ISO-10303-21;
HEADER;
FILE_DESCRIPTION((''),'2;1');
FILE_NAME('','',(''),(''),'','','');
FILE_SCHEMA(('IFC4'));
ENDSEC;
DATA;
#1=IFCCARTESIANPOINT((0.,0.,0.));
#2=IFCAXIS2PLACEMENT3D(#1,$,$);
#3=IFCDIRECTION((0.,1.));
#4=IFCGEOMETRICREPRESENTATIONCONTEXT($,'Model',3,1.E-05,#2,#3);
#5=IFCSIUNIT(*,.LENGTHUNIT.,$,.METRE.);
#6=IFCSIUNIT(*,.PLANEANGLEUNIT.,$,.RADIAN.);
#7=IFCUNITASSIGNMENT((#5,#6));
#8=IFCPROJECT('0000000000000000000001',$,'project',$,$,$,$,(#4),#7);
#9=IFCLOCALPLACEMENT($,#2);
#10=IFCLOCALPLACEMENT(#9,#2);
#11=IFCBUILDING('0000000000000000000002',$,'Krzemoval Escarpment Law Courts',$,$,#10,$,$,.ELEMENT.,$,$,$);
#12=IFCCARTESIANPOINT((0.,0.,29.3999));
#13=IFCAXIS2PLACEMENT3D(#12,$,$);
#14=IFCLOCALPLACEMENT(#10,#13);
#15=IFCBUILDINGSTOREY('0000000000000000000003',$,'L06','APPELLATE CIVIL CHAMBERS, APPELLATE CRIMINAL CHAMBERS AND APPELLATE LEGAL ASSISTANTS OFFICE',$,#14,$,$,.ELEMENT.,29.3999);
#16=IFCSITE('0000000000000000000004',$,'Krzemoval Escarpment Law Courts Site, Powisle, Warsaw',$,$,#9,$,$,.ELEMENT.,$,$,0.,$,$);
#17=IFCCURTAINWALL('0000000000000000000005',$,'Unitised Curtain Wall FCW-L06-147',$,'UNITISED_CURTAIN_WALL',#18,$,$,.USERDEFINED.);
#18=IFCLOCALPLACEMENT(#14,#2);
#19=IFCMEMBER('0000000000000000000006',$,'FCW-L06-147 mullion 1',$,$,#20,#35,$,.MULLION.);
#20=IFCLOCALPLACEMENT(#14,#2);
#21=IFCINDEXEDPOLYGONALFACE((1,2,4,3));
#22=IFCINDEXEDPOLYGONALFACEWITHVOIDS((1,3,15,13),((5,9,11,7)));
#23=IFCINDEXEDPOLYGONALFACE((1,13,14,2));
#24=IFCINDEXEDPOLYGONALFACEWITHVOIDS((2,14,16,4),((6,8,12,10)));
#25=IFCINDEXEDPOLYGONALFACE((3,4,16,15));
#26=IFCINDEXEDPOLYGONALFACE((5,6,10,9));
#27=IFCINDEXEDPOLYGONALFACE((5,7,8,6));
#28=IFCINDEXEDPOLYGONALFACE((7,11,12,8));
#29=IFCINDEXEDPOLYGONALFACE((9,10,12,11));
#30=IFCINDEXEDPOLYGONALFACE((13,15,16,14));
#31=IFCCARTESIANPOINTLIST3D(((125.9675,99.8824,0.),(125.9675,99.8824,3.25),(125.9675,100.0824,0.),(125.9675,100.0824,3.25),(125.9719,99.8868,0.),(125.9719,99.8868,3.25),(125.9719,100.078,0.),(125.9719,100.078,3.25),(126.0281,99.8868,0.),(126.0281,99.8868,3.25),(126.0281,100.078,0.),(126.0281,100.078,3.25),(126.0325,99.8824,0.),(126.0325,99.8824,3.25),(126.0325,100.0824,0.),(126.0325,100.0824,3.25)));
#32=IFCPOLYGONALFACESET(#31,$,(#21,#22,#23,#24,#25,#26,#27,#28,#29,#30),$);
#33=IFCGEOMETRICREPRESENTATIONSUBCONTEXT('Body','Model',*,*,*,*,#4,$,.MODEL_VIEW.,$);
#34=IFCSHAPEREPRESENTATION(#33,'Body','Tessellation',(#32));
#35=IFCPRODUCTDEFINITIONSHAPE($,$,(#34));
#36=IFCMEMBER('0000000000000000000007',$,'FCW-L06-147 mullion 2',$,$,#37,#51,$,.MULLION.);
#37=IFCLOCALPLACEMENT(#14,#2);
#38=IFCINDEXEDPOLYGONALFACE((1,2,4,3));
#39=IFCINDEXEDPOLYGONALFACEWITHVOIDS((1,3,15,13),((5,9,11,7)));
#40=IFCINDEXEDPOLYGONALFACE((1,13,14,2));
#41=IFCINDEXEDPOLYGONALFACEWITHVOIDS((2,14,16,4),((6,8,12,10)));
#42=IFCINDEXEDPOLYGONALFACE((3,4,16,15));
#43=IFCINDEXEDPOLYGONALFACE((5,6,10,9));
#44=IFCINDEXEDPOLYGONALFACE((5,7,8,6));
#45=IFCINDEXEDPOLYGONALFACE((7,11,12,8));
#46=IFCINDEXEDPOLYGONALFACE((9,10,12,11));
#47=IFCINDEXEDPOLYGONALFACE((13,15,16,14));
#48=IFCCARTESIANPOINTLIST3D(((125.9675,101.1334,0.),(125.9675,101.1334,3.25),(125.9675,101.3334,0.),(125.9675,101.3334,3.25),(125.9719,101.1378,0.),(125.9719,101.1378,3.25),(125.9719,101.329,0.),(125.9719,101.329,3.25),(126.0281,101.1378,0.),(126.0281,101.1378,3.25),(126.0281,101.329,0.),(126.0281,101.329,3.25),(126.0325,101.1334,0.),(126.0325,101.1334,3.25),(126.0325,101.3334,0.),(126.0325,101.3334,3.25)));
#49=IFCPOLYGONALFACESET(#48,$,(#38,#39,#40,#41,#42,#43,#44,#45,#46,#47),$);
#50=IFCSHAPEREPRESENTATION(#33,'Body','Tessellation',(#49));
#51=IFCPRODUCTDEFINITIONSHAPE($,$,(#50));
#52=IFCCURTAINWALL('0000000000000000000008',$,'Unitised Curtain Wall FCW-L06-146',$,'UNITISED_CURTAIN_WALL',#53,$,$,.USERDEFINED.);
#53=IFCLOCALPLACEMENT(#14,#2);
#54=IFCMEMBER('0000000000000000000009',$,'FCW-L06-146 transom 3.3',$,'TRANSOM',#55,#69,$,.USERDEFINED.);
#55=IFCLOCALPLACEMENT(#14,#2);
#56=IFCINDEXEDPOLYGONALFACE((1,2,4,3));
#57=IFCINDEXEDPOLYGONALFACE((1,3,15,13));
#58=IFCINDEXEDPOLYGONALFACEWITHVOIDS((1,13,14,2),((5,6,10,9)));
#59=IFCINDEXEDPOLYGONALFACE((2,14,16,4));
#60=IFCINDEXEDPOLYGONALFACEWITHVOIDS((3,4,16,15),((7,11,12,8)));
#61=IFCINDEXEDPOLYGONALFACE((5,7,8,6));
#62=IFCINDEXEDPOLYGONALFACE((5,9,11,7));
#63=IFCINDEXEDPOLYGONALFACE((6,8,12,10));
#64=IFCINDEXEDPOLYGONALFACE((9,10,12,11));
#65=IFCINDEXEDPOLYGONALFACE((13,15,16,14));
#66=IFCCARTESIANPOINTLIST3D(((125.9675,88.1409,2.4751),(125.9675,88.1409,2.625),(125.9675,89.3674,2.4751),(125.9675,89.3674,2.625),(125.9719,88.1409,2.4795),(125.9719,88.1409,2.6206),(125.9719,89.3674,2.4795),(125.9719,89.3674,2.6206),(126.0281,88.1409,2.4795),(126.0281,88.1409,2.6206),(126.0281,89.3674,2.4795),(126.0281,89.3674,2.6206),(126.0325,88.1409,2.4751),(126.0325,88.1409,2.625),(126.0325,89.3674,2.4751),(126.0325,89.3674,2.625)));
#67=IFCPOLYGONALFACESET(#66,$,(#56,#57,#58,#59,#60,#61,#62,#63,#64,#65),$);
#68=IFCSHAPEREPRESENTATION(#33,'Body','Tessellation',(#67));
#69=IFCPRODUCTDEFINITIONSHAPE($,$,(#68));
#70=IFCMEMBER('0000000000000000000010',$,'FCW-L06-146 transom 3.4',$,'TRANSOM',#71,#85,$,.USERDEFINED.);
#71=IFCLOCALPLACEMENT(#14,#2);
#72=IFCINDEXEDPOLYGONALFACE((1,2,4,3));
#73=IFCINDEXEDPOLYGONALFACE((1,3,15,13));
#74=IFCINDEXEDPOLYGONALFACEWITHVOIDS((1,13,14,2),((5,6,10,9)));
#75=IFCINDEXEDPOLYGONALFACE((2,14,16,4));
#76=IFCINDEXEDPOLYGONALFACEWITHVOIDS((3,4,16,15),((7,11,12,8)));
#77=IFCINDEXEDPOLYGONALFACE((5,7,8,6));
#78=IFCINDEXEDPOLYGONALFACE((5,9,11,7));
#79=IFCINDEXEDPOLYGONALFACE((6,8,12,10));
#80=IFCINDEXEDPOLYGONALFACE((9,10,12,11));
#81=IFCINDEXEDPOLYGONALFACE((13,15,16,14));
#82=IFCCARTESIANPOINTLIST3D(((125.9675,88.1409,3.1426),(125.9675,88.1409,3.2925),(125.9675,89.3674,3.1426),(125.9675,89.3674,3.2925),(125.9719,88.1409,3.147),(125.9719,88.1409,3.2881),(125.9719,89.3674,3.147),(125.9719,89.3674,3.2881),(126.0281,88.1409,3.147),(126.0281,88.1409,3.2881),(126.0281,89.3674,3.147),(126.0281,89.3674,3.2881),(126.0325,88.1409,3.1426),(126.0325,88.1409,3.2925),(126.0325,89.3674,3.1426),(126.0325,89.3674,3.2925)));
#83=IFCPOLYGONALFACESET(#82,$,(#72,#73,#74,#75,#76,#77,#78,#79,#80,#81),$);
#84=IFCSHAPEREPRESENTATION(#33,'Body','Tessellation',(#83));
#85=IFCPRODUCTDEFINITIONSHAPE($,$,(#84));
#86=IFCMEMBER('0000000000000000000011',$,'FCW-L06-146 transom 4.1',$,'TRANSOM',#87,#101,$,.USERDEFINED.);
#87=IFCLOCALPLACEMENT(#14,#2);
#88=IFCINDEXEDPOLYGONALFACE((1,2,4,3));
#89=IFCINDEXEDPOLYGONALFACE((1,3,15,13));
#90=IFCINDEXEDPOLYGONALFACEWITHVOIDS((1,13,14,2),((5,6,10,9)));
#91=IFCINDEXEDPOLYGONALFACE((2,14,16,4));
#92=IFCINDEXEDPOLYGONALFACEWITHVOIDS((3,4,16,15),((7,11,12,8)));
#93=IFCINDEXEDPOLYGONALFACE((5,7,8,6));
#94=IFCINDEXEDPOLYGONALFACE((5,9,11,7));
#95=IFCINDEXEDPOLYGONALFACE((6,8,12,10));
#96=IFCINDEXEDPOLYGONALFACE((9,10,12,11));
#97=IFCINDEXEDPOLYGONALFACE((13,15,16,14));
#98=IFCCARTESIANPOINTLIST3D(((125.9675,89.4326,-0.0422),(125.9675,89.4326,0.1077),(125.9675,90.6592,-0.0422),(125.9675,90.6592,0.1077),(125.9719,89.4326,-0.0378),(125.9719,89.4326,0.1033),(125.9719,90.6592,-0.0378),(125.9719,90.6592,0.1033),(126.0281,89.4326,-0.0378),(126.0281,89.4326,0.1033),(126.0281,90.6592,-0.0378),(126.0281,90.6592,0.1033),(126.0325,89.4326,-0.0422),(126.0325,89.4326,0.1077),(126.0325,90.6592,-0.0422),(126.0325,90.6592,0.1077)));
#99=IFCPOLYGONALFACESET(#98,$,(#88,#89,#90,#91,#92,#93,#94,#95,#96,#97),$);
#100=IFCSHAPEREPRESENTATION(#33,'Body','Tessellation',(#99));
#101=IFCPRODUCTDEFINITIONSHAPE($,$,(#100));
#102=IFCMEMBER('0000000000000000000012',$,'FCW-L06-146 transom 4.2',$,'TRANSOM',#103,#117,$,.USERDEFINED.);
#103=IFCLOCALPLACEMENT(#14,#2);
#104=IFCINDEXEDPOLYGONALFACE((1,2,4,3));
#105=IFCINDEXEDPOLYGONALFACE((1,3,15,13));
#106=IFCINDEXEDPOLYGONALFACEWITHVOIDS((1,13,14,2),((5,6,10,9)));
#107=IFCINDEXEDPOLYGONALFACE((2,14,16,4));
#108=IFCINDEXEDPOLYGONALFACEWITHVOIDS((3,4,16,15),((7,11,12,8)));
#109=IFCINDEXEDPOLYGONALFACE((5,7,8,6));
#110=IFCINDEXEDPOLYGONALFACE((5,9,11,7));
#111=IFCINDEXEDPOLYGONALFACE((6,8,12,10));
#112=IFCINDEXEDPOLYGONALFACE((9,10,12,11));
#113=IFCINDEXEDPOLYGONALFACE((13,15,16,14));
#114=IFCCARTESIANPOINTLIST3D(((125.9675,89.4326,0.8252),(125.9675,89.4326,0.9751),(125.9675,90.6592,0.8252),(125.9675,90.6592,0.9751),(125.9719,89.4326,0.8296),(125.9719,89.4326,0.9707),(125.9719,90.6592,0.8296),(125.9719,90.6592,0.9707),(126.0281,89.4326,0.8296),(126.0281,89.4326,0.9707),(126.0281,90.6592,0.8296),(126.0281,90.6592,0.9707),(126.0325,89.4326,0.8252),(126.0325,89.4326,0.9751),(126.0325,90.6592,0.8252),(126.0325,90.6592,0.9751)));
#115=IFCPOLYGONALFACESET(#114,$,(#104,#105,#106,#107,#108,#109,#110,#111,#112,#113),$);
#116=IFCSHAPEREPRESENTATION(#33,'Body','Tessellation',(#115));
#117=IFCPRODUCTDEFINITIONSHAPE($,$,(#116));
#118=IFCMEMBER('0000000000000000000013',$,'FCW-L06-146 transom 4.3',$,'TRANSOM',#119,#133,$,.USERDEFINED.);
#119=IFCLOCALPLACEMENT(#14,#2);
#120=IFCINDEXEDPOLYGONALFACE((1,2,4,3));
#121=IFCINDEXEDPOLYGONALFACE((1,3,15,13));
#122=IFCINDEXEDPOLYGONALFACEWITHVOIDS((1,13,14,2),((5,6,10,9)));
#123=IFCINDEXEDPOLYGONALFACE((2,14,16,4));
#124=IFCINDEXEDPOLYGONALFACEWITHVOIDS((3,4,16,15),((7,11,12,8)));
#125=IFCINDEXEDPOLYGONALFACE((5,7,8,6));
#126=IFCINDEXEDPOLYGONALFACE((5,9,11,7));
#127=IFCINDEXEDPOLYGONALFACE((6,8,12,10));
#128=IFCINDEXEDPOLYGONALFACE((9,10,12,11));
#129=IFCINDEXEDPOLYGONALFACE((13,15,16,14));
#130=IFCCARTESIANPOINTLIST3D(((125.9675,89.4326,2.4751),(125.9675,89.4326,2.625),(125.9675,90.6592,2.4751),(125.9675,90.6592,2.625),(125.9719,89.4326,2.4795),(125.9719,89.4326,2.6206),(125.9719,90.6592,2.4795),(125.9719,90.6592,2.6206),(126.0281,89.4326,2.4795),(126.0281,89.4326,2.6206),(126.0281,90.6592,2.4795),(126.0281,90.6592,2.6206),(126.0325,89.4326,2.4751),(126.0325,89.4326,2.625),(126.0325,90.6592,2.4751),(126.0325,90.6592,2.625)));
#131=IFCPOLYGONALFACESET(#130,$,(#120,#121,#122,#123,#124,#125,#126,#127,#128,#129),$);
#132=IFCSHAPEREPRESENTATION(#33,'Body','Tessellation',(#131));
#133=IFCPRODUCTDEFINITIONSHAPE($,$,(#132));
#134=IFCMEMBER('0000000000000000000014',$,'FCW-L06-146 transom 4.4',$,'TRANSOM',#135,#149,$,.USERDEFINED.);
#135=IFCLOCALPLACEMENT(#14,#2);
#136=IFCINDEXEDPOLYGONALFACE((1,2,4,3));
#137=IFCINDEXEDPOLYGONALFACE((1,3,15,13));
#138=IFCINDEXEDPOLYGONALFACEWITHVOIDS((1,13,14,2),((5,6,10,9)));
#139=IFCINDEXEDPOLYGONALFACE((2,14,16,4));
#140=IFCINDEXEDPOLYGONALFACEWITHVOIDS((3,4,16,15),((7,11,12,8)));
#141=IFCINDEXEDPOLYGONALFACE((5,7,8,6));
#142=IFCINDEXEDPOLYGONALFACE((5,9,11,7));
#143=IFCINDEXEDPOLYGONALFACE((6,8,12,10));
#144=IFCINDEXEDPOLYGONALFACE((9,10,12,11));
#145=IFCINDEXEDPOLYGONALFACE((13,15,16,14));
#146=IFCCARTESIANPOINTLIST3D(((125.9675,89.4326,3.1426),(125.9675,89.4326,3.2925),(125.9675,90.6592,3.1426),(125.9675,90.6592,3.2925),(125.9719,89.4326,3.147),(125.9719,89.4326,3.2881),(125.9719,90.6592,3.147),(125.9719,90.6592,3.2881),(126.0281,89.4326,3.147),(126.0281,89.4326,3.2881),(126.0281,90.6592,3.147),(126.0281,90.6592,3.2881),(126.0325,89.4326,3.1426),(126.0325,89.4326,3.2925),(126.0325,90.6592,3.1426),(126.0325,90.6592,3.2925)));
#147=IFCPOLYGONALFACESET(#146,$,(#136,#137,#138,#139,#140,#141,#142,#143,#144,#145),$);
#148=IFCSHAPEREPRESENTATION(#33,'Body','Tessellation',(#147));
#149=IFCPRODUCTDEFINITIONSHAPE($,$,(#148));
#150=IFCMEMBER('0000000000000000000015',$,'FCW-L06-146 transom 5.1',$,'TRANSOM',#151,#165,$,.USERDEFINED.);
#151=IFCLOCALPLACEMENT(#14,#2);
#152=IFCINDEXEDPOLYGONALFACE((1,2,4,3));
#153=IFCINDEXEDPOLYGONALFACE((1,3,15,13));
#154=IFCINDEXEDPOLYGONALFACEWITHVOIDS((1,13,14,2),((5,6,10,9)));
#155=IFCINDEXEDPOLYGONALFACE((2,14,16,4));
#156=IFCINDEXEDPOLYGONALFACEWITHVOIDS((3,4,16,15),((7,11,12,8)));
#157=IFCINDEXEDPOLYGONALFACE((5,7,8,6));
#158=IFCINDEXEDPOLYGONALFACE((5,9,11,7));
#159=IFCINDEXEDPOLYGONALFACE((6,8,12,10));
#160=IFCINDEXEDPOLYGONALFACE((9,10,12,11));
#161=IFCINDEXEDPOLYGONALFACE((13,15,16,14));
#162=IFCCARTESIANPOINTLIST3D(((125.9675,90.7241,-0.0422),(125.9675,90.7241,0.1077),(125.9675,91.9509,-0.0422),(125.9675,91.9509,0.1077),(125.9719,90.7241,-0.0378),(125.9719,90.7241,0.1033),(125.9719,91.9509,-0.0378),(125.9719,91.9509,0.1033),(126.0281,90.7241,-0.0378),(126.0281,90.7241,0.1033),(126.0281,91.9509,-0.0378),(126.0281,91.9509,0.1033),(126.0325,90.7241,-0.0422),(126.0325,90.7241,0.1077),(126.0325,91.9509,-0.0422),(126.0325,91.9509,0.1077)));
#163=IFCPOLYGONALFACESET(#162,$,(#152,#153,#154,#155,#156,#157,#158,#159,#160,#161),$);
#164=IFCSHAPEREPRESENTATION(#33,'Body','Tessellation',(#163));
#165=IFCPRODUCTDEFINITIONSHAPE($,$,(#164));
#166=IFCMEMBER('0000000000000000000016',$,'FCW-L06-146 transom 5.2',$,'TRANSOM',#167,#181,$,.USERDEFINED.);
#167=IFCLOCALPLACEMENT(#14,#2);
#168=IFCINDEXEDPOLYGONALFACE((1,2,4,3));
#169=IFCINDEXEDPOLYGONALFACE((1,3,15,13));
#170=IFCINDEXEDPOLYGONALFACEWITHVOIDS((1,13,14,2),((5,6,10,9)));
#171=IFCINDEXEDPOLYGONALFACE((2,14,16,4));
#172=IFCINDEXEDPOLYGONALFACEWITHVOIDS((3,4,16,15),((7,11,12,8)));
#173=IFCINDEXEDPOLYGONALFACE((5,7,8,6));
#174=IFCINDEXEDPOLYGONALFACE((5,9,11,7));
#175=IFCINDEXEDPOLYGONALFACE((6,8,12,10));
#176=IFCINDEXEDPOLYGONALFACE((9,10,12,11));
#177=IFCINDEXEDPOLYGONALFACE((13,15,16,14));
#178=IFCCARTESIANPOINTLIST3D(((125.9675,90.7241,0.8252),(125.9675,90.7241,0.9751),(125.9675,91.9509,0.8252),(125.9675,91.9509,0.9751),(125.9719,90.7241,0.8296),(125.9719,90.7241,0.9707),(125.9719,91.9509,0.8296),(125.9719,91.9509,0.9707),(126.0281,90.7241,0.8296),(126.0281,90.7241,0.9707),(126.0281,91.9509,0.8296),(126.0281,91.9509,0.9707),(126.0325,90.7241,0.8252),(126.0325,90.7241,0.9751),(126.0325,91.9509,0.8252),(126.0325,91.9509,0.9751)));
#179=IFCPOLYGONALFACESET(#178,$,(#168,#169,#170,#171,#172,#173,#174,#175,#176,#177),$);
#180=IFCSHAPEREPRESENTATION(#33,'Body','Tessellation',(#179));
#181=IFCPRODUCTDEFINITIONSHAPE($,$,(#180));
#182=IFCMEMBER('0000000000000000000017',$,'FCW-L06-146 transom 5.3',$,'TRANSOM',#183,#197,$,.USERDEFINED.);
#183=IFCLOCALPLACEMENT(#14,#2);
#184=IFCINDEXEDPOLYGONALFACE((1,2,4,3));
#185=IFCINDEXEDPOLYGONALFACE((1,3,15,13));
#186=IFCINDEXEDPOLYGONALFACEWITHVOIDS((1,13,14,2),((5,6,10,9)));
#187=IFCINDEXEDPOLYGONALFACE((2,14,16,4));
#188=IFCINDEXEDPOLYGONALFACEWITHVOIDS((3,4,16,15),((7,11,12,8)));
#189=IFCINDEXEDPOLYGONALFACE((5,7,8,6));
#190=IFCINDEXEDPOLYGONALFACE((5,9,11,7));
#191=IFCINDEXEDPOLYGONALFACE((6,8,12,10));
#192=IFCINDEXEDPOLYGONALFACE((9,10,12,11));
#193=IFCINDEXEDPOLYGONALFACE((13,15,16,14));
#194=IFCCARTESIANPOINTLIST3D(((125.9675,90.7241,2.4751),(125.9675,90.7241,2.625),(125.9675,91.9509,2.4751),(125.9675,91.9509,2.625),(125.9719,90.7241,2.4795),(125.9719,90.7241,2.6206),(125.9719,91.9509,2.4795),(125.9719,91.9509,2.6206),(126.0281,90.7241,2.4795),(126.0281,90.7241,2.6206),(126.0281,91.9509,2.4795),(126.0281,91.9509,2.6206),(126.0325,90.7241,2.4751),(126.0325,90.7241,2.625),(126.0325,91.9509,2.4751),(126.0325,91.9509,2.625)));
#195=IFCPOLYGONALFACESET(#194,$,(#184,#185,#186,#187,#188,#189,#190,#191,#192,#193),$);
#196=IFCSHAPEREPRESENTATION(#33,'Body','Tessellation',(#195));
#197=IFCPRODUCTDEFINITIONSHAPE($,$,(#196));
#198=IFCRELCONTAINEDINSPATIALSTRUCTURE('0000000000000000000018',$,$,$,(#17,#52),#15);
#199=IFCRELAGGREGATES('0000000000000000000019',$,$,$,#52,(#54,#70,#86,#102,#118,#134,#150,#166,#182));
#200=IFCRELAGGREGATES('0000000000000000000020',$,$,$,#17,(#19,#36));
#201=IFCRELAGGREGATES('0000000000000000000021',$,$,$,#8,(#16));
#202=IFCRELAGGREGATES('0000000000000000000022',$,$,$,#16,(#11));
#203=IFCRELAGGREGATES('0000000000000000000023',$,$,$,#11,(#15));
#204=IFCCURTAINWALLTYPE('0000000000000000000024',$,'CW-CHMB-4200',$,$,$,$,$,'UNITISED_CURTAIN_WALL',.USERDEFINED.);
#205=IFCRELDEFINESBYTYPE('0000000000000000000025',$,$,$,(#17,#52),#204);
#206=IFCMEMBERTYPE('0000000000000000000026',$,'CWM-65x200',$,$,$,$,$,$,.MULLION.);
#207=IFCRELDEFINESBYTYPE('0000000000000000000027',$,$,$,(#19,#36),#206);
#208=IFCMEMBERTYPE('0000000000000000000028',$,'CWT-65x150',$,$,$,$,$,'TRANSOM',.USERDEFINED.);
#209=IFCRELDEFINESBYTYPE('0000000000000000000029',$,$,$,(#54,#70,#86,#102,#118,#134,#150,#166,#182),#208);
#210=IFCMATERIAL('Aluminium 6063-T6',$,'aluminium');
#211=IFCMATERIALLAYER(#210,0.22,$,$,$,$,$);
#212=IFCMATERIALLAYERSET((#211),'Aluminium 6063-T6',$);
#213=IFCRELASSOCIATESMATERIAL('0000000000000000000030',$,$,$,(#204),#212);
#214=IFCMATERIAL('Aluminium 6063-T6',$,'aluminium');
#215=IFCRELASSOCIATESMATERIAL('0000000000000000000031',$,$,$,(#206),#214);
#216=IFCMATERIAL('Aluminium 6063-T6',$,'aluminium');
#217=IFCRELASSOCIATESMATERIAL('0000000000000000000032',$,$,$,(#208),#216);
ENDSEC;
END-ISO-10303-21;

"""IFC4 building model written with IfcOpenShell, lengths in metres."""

from ifc_helpers import new_model, si_unit, direction, frame, origin, origin_2d, place, context, subcontext, project, spatial, hollow_rectangle, extrude, material, layer, layer_set, material_profile, profile_set, type_object, element, aggregate, save


model = new_model("IFC4")

# Units and contexts
model_context = context("Model", 3, precision=1e-05, world=origin(), true_north=direction((0.0, 1.0)))
body_context = subcontext(model_context, "Body", "Model", "MODEL_VIEW")
ifc_project = project(units=[si_unit("LENGTHUNIT", "METRE"), si_unit("PLANEANGLEUNIT", "RADIAN")], contexts=[model_context])

# Site, building, storey
site_placement = place(None, origin())
site = spatial("IfcSite", under=ifc_project, at=site_placement, Name="Krzemoval Escarpment Law Courts Site, Powisle, Warsaw", CompositionType="ELEMENT", RefElevation=0.0)
building_placement = place(site_placement, origin())
building = spatial("IfcBuilding", under=site, at=building_placement, Name="Krzemoval Escarpment Law Courts", CompositionType="ELEMENT")
storey_placement = place(building_placement, frame((0.0, 0.0, 29.3999)))
storey = spatial("IfcBuildingStorey", under=building, at=storey_placement, Name="L06", Description="APPELLATE CIVIL CHAMBERS, APPELLATE CRIMINAL CHAMBERS AND APPELLATE LEGAL ASSISTANTS OFFICE", CompositionType="ELEMENT", Elevation=29.3999)

# Curtain walls, members
ifc_material_1 = material(Name="Aluminium 6063-T6", Category="aluminium")
ifc_layer_1 = layer(ifc_material_1, 0.22)
ifc_layer_set_1 = layer_set([ifc_layer_1], Name="Aluminium 6063-T6")
curtain_wall_type = type_object("IfcCurtainWallType", Name="CW-CHMB-4200", ElementType="UNITISED_CURTAIN_WALL", PredefinedType="USERDEFINED", material=ifc_layer_set_1)
curtain_wall_1_placement = place(storey_placement, origin())
curtain_wall_1 = element("IfcCurtainWall", 1, at=curtain_wall_1_placement, inside=storey, type_object=curtain_wall_type, Name="Unitised Curtain Wall FCW-L06-147", ObjectType="UNITISED_CURTAIN_WALL", PredefinedType="USERDEFINED")
ifc_material_2 = material(Name="Aluminium 6063-T6", Category="aluminium")
ifc_material_profile_1 = material_profile(ifc_material_2, hollow_rectangle(XDim=0.0649, YDim=0.2, WallThickness=0.0044, at=origin_2d()), Name="ALU M65x200")
ifc_profile_set_1 = profile_set([ifc_material_profile_1], Name="Aluminium 6063-T6")
member_type_1 = type_object("IfcMemberType", Name="CWM-65x200", PredefinedType="MULLION", material=ifc_profile_set_1)
member_1_placement = place(storey_placement, frame((126.0, 99.9824, 0.0), z_axis=(0.0, 0.0, 1.0), x_axis=(-1.0, 0.0, 0.0)))
member_1 = element("IfcMember", 2, at=member_1_placement, type_object=member_type_1, Name="FCW-L06-147 mullion 1", PredefinedType="MULLION", context=body_context, shape_type="SweptSolid", body=[
    extrude(hollow_rectangle(XDim=0.0649, YDim=0.2, WallThickness=0.0044, at=origin_2d()), origin(), (0.0, 0.0, 1.0), 3.25),
])
member_2_placement = place(storey_placement, frame((126.0, 101.2334, 0.0), z_axis=(0.0, 0.0, 1.0), x_axis=(-1.0, 0.0, 0.0)))
member_2 = element("IfcMember", 3, at=member_2_placement, type_object=member_type_1, Name="FCW-L06-147 mullion 2", PredefinedType="MULLION", context=body_context, shape_type="SweptSolid", body=[
    extrude(hollow_rectangle(XDim=0.0649, YDim=0.2, WallThickness=0.0044, at=origin_2d()), origin(), (0.0, 0.0, 1.0), 3.25),
])
curtain_wall_2_placement = place(storey_placement, origin())
curtain_wall_2 = element("IfcCurtainWall", 4, at=curtain_wall_2_placement, inside=storey, type_object=curtain_wall_type, Name="Unitised Curtain Wall FCW-L06-146", ObjectType="UNITISED_CURTAIN_WALL", PredefinedType="USERDEFINED")
ifc_material_3 = material(Name="Aluminium 6063-T6", Category="aluminium")
ifc_material_profile_2 = material_profile(ifc_material_3, hollow_rectangle(XDim=0.0649, YDim=0.1499, WallThickness=0.0044, at=origin_2d()), Name="ALU T65x150")
ifc_profile_set_2 = profile_set([ifc_material_profile_2], Name="Aluminium 6063-T6")
member_type_2 = type_object("IfcMemberType", Name="CWT-65x150", ElementType="TRANSOM", PredefinedType="USERDEFINED", material=ifc_profile_set_2)
member_3_placement = place(storey_placement, frame((126.0, 88.1409, 2.55), z_axis=(0.0, 1.0, 0.0), x_axis=(-1.0, 0.0, 0.0)))
member_3 = element("IfcMember", 5, at=member_3_placement, type_object=member_type_2, Name="FCW-L06-146 transom 3.3", ObjectType="TRANSOM", PredefinedType="USERDEFINED", context=body_context, shape_type="SweptSolid", body=[
    extrude(hollow_rectangle(XDim=0.0649, YDim=0.1499, WallThickness=0.0044, at=origin_2d()), origin(), (0.0, 0.0, 1.0), 1.2266),
])
member_4_placement = place(storey_placement, frame((126.0, 88.1409, 3.2175), z_axis=(0.0, 1.0, 0.0), x_axis=(-1.0, 0.0, 0.0)))
member_4 = element("IfcMember", 6, at=member_4_placement, type_object=member_type_2, Name="FCW-L06-146 transom 3.4", ObjectType="TRANSOM", PredefinedType="USERDEFINED", context=body_context, shape_type="SweptSolid", body=[
    extrude(hollow_rectangle(XDim=0.0649, YDim=0.1499, WallThickness=0.0044, at=origin_2d()), origin(), (0.0, 0.0, 1.0), 1.2266),
])
member_5_placement = place(storey_placement, frame((126.0, 89.4326, 0.0327), z_axis=(0.0, 1.0, 0.0), x_axis=(-1.0, 0.0, 0.0)))
member_5 = element("IfcMember", 7, at=member_5_placement, type_object=member_type_2, Name="FCW-L06-146 transom 4.1", ObjectType="TRANSOM", PredefinedType="USERDEFINED", context=body_context, shape_type="SweptSolid", body=[
    extrude(hollow_rectangle(XDim=0.0649, YDim=0.1499, WallThickness=0.0044, at=origin_2d()), origin(), (0.0, 0.0, 1.0), 1.2266),
])
member_6_placement = place(storey_placement, frame((126.0, 89.4326, 0.9001), z_axis=(0.0, 1.0, 0.0), x_axis=(-1.0, 0.0, 0.0)))
member_6 = element("IfcMember", 8, at=member_6_placement, type_object=member_type_2, Name="FCW-L06-146 transom 4.2", ObjectType="TRANSOM", PredefinedType="USERDEFINED", context=body_context, shape_type="SweptSolid", body=[
    extrude(hollow_rectangle(XDim=0.0649, YDim=0.1499, WallThickness=0.0044, at=origin_2d()), origin(), (0.0, 0.0, 1.0), 1.2266),
])
member_7_placement = place(storey_placement, frame((126.0, 89.4326, 2.55), z_axis=(0.0, 1.0, 0.0), x_axis=(-1.0, 0.0, 0.0)))
member_7 = element("IfcMember", 9, at=member_7_placement, type_object=member_type_2, Name="FCW-L06-146 transom 4.3", ObjectType="TRANSOM", PredefinedType="USERDEFINED", context=body_context, shape_type="SweptSolid", body=[
    extrude(hollow_rectangle(XDim=0.0649, YDim=0.1499, WallThickness=0.0044, at=origin_2d()), origin(), (0.0, 0.0, 1.0), 1.2266),
])
member_8_placement = place(storey_placement, frame((126.0, 89.4326, 3.2175), z_axis=(0.0, 1.0, 0.0), x_axis=(-1.0, 0.0, 0.0)))
member_8 = element("IfcMember", 10, at=member_8_placement, type_object=member_type_2, Name="FCW-L06-146 transom 4.4", ObjectType="TRANSOM", PredefinedType="USERDEFINED", context=body_context, shape_type="SweptSolid", body=[
    extrude(hollow_rectangle(XDim=0.0649, YDim=0.1499, WallThickness=0.0044, at=origin_2d()), origin(), (0.0, 0.0, 1.0), 1.2266),
])
member_9_placement = place(storey_placement, frame((126.0, 90.7241, 0.0327), z_axis=(0.0, 1.0, 0.0), x_axis=(-1.0, 0.0, 0.0)))
member_9 = element("IfcMember", 11, at=member_9_placement, type_object=member_type_2, Name="FCW-L06-146 transom 5.1", ObjectType="TRANSOM", PredefinedType="USERDEFINED", context=body_context, shape_type="SweptSolid", body=[
    extrude(hollow_rectangle(XDim=0.0649, YDim=0.1499, WallThickness=0.0044, at=origin_2d()), origin(), (0.0, 0.0, 1.0), 1.2268),
])
member_10_placement = place(storey_placement, frame((126.0, 90.7241, 0.9001), z_axis=(0.0, 1.0, 0.0), x_axis=(-1.0, 0.0, 0.0)))
member_10 = element("IfcMember", 12, at=member_10_placement, type_object=member_type_2, Name="FCW-L06-146 transom 5.2", ObjectType="TRANSOM", PredefinedType="USERDEFINED", context=body_context, shape_type="SweptSolid", body=[
    extrude(hollow_rectangle(XDim=0.0649, YDim=0.1499, WallThickness=0.0044, at=origin_2d()), origin(), (0.0, 0.0, 1.0), 1.2268),
])
member_11_placement = place(storey_placement, frame((126.0, 90.7241, 2.55), z_axis=(0.0, 1.0, 0.0), x_axis=(-1.0, 0.0, 0.0)))
member_11 = element("IfcMember", 13, at=member_11_placement, type_object=member_type_2, Name="FCW-L06-146 transom 5.3", ObjectType="TRANSOM", PredefinedType="USERDEFINED", context=body_context, shape_type="SweptSolid", body=[
    extrude(hollow_rectangle(XDim=0.0649, YDim=0.1499, WallThickness=0.0044, at=origin_2d()), origin(), (0.0, 0.0, 1.0), 1.2268),
])

aggregate(curtain_wall_2, [member_3, member_4, member_5, member_6, member_7, member_8, member_9, member_10, member_11])
aggregate(curtain_wall_1, [member_1, member_2])

save(model, "model.ifc")
